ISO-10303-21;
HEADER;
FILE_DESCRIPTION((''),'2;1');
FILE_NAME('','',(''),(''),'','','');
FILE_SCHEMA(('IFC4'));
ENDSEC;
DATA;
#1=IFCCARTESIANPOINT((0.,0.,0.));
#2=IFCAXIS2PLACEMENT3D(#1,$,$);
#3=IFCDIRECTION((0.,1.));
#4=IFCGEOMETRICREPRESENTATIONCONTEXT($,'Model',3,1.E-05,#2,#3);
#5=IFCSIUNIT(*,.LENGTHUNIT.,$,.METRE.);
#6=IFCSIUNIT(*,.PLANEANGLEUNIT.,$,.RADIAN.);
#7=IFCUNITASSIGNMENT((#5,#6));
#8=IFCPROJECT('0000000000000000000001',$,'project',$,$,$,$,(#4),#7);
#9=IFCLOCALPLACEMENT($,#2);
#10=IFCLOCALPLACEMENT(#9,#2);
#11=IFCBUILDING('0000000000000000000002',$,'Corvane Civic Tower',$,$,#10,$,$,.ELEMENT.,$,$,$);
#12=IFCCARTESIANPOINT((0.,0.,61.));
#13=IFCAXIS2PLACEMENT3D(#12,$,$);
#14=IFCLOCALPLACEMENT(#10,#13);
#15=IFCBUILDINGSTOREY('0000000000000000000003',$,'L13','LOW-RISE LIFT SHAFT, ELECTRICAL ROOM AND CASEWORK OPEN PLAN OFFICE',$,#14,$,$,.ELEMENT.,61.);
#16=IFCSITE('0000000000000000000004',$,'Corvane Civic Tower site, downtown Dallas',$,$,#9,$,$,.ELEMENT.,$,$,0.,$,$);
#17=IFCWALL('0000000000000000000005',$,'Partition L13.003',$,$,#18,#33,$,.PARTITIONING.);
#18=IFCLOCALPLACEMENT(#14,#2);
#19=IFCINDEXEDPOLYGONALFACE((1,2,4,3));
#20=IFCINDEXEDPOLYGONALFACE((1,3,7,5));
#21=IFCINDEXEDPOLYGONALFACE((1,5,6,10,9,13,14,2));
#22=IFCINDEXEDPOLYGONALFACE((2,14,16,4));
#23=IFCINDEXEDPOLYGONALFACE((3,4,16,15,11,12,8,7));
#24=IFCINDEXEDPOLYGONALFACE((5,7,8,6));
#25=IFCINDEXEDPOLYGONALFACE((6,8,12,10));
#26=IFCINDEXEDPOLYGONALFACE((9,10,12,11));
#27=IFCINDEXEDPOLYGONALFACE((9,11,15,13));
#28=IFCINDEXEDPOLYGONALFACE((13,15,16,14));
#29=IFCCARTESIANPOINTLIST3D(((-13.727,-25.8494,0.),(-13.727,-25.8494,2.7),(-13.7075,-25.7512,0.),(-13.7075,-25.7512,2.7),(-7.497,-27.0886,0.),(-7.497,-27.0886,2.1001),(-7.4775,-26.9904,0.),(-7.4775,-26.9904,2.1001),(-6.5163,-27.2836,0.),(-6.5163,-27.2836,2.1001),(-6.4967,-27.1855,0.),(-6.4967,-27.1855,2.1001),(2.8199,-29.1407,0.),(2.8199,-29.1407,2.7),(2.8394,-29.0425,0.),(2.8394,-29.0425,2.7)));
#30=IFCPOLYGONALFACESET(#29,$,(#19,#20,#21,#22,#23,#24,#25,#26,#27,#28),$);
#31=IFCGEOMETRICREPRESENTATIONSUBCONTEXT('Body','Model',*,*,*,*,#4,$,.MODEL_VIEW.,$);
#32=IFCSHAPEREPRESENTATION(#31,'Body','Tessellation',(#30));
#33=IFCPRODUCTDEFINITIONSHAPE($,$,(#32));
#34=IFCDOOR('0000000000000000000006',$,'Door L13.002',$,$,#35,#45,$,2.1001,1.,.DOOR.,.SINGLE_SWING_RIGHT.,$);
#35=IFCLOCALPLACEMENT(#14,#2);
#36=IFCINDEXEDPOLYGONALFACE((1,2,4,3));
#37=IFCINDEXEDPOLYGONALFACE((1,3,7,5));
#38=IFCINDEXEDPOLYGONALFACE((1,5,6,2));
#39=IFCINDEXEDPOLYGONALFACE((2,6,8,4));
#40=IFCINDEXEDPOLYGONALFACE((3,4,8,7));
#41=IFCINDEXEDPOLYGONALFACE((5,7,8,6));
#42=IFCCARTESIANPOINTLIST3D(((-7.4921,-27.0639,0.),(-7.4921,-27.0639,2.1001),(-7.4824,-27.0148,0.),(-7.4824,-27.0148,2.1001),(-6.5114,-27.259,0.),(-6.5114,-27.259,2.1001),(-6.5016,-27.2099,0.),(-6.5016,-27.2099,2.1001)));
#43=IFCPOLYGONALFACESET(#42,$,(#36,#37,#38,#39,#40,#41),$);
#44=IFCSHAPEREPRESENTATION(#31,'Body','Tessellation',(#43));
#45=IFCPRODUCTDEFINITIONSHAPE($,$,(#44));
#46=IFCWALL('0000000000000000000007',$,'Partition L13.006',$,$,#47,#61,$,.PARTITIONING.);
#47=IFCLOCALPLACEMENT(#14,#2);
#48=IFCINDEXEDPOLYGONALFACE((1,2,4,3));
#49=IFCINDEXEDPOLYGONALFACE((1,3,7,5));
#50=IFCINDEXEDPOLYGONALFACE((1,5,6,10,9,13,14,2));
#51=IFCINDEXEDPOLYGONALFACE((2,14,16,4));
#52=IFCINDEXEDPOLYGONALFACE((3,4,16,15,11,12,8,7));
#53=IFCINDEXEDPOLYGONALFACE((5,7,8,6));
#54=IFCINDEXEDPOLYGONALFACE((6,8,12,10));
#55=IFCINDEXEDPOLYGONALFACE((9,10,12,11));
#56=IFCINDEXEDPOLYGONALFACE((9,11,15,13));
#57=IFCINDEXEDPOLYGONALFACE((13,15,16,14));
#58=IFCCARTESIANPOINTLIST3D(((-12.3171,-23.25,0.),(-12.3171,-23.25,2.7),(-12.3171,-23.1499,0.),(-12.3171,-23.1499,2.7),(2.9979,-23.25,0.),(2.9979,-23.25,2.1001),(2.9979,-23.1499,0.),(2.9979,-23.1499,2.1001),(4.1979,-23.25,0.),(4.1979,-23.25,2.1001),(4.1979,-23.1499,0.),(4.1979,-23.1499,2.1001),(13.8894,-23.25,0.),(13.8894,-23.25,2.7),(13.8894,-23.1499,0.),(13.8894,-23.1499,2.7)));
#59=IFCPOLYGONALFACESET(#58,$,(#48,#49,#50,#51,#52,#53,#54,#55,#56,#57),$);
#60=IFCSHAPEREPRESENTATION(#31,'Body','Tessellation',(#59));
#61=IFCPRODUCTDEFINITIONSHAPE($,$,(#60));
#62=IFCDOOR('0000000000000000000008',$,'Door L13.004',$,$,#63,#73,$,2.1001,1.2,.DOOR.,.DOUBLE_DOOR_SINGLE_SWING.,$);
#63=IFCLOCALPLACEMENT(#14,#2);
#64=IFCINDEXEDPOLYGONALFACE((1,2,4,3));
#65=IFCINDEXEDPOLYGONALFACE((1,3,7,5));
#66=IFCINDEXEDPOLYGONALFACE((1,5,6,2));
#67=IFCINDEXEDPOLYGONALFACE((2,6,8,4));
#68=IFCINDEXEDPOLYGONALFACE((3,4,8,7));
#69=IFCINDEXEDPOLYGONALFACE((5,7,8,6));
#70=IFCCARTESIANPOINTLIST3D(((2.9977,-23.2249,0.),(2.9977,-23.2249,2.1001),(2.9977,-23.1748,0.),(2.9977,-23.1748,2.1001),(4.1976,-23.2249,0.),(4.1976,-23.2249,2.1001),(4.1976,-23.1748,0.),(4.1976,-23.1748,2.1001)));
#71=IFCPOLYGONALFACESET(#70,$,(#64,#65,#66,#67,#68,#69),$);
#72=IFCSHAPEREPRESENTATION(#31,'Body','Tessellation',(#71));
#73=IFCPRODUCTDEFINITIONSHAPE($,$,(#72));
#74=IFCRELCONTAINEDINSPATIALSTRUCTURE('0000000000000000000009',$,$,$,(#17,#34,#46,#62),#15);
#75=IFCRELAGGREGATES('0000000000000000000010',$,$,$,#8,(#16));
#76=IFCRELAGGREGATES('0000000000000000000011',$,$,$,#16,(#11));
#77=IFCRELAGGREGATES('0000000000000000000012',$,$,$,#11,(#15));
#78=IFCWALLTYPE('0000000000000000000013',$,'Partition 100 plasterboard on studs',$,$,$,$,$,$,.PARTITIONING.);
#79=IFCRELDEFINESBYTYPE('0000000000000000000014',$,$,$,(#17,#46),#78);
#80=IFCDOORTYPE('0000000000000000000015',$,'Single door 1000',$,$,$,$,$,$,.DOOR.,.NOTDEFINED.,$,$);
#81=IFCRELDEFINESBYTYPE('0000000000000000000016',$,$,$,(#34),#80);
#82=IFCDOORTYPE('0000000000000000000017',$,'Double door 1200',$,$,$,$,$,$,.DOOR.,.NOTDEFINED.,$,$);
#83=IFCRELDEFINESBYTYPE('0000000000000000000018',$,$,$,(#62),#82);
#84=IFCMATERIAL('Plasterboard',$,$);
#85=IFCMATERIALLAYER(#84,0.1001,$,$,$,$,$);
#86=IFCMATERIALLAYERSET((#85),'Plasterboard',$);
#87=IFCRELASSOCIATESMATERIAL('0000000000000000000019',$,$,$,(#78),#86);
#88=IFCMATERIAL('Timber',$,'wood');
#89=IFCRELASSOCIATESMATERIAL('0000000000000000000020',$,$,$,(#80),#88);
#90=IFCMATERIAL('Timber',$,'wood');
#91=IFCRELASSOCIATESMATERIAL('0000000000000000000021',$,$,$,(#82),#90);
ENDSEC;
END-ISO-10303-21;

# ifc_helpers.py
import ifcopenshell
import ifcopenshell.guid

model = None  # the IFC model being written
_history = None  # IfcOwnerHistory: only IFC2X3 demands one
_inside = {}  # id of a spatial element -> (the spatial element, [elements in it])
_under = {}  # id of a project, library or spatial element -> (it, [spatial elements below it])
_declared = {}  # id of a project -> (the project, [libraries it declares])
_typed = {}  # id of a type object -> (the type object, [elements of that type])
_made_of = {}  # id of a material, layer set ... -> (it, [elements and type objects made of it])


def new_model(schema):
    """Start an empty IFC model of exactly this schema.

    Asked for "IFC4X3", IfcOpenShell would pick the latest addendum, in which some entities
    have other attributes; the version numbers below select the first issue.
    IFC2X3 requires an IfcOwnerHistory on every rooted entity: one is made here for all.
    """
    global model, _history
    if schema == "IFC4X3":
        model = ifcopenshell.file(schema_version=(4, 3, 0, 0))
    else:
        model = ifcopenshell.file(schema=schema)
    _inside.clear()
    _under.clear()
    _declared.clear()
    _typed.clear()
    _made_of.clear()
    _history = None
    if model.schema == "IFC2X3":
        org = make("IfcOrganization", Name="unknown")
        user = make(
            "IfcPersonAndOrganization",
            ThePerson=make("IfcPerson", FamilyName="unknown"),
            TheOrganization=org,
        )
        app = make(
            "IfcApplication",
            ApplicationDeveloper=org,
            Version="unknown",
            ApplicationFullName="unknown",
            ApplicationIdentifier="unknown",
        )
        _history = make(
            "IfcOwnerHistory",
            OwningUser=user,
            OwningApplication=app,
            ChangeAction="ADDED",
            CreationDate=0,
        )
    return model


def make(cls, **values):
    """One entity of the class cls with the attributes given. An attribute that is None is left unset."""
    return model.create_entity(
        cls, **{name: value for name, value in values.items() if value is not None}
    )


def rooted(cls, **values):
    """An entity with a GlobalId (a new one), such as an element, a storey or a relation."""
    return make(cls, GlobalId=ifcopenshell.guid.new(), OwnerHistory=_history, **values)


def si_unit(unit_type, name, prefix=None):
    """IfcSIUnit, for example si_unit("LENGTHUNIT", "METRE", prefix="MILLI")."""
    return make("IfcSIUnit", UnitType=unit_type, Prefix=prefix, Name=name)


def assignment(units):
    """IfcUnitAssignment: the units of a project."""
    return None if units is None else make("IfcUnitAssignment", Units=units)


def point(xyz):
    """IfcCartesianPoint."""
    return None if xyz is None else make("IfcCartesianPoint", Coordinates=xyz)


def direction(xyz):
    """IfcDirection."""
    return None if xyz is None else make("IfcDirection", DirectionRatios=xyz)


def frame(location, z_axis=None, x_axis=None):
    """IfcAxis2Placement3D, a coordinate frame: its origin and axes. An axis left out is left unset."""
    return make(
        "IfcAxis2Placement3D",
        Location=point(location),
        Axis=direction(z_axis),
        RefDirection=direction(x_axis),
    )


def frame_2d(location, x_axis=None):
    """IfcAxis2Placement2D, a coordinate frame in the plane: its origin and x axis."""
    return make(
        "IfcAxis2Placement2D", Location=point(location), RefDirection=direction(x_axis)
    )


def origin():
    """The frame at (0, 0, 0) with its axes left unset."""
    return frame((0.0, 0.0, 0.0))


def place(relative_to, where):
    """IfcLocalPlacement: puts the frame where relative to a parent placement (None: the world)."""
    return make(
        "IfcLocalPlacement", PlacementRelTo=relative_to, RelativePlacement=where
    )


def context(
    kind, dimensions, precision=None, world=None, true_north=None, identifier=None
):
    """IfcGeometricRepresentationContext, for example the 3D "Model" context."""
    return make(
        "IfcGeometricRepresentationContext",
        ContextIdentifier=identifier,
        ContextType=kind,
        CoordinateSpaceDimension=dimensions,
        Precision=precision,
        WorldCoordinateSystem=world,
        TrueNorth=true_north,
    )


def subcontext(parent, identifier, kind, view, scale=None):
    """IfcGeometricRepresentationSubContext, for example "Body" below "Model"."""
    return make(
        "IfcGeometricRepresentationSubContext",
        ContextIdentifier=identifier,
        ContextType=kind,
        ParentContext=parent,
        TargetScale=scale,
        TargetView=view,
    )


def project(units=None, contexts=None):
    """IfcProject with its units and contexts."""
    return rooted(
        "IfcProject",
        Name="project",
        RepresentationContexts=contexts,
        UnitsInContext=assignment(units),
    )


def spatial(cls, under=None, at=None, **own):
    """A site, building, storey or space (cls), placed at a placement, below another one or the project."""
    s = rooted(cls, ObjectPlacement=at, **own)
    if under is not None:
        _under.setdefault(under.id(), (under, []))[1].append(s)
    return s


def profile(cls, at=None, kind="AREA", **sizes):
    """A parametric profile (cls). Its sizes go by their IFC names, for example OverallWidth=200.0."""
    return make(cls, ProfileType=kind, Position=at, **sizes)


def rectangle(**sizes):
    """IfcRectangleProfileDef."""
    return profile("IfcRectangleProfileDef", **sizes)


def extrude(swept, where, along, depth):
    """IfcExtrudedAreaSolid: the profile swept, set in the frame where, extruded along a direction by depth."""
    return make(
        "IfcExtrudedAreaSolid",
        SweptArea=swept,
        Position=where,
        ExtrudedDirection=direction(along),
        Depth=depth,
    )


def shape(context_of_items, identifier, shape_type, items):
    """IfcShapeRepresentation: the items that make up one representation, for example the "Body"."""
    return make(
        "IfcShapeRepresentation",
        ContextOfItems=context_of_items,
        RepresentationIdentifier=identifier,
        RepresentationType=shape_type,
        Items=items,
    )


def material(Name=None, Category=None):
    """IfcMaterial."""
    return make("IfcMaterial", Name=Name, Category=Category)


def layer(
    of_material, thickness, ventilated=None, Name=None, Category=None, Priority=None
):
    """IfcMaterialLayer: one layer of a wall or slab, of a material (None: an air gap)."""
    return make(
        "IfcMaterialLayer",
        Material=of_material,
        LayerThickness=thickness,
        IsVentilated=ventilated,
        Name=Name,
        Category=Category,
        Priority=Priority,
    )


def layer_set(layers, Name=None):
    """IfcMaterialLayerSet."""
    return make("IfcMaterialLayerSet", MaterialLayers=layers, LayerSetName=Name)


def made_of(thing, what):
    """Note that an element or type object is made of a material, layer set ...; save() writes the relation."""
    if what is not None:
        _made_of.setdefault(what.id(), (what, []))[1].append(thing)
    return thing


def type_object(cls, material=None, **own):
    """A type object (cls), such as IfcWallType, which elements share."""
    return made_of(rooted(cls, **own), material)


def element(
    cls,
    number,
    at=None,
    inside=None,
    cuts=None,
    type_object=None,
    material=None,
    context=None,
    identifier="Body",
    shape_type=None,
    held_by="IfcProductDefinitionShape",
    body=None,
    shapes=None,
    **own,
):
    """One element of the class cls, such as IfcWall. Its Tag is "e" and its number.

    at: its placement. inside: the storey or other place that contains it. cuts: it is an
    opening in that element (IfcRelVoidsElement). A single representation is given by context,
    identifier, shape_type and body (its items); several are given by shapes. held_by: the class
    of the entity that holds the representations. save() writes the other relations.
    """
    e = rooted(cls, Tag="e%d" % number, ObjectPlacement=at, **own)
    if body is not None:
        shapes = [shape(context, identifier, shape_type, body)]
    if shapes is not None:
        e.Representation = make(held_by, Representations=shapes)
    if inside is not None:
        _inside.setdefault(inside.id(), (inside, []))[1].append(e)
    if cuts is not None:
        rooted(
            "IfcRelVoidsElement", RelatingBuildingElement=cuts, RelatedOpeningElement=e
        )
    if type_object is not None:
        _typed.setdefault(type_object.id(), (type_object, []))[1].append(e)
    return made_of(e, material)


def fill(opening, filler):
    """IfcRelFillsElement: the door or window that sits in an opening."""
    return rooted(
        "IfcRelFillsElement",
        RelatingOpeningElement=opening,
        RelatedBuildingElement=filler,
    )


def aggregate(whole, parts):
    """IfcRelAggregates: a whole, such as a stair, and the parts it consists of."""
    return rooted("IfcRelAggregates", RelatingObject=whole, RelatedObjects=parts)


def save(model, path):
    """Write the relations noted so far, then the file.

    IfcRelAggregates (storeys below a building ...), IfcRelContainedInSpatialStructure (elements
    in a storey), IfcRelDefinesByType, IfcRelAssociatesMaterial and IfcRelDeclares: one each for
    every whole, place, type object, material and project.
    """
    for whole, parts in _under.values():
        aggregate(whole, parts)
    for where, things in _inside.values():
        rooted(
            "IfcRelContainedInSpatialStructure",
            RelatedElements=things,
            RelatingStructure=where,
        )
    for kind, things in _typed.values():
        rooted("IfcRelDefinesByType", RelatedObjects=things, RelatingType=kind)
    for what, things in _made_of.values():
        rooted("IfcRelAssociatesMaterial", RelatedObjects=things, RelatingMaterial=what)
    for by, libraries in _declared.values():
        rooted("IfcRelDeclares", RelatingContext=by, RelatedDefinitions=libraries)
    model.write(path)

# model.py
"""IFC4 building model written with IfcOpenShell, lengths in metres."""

from ifc_helpers import new_model, si_unit, direction, frame, frame_2d, origin, place, context, subcontext, project, spatial, rectangle, extrude, material, layer, layer_set, type_object, element, fill, save


model = new_model("IFC4")

# Units and contexts
model_context = context("Model", 3, precision=1e-05, world=origin(), true_north=direction((0.0, 1.0)))
body_context = subcontext(model_context, "Body", "Model", "MODEL_VIEW")
ifc_project = project(units=[si_unit("LENGTHUNIT", "METRE"), si_unit("PLANEANGLEUNIT", "RADIAN")], contexts=[model_context])

# Site, building, storey
site_placement = place(None, origin())
site = spatial("IfcSite", under=ifc_project, at=site_placement, Name="Corvane Civic Tower site, downtown Dallas", CompositionType="ELEMENT", RefElevation=0.0)
building_placement = place(site_placement, origin())
building = spatial("IfcBuilding", under=site, at=building_placement, Name="Corvane Civic Tower", CompositionType="ELEMENT")
storey_placement = place(building_placement, frame((0.0, 0.0, 61.0)))
storey = spatial("IfcBuildingStorey", under=building, at=storey_placement, Name="L13", Description="LOW-RISE LIFT SHAFT, ELECTRICAL ROOM AND CASEWORK OPEN PLAN OFFICE", CompositionType="ELEMENT", Elevation=61.0)

# Shared definitions
ifc_material_1 = material(Name="Plasterboard")
ifc_layer_1 = layer(ifc_material_1, 0.1001)
ifc_layer_set_1 = layer_set([ifc_layer_1], Name="Plasterboard")
wall_type = type_object("IfcWallType", Name="Partition 100 plasterboard on studs", PredefinedType="PARTITIONING", material=ifc_layer_set_1)

# Walls, openings, doors
wall_1_placement = place(storey_placement, frame((-13.7173, -25.8003, 0.0), z_axis=(0.0, 0.0, 1.0), x_axis=(0.980787, -0.195084, 0.0)))
wall_1 = element("IfcWall", 1, at=wall_1_placement, inside=storey, type_object=wall_type, Name="Partition L13.003", PredefinedType="PARTITIONING", context=body_context, shape_type="SweptSolid", body=[
    extrude(rectangle(XDim=16.8711, YDim=0.1001, at=frame_2d((8.4355, 0.0))), origin(), (0.0, 0.0, 1.0), 2.7),
])
opening_1_placement = place(wall_1_placement, frame((6.3521, 0.0, 0.0)))
opening_1 = element("IfcOpeningElement", 2, at=opening_1_placement, cuts=wall_1, PredefinedType="OPENING", context=body_context, shape_type="SweptSolid", body=[
    extrude(rectangle(XDim=1.0, YDim=2.1001, at=frame_2d((0.5, 1.05))), frame((0.0, 0.0601, 0.0), z_axis=(0.0, -1.0, 0.0), x_axis=(1.0, 0.0, 0.0)), (0.0, 0.0, 1.0), 0.1201),
])
ifc_material_2 = material(Name="Timber", Category="wood")
door_type_1 = type_object("IfcDoorType", Name="Single door 1000", OperationType="NOTDEFINED", PredefinedType="DOOR", material=ifc_material_2)
door_1_placement = place(opening_1_placement, frame((1.0, 0.0, 0.0), z_axis=(0.0, 0.0, 1.0), x_axis=(-1.0, 0.0, 0.0)))
door_1 = element("IfcDoor", 3, at=door_1_placement, inside=storey, type_object=door_type_1, Name="Door L13.002", OperationType="SINGLE_SWING_RIGHT", OverallHeight=2.1001, OverallWidth=1.0, PredefinedType="DOOR", context=body_context, shape_type="SweptSolid", body=[
    extrude(rectangle(XDim=1.0, YDim=2.1001, at=frame_2d((0.5, 1.05))), frame((0.0, 0.0249, 0.0), z_axis=(0.0, -1.0, 0.0), x_axis=(1.0, 0.0, 0.0)), (0.0, 0.0, 1.0), 0.05),
])
fill(opening_1, door_1)
wall_2_placement = place(storey_placement, frame((-12.3171, -23.2, 0.0), z_axis=(0.0, 0.0, 1.0), x_axis=(1.0, 0.0, 0.0)))
wall_2 = element("IfcWall", 4, at=wall_2_placement, inside=storey, type_object=wall_type, Name="Partition L13.006", PredefinedType="PARTITIONING", context=body_context, shape_type="SweptSolid", body=[
    extrude(rectangle(XDim=26.2065, YDim=0.1001, at=frame_2d((13.1033, 0.0))), origin(), (0.0, 0.0, 1.0), 2.7),
])
opening_2_placement = place(wall_2_placement, frame((15.3149, 0.0, 0.0)))
opening_2 = element("IfcOpeningElement", 5, at=opening_2_placement, cuts=wall_2, PredefinedType="OPENING", context=body_context, shape_type="SweptSolid", body=[
    extrude(rectangle(XDim=1.2, YDim=2.1001, at=frame_2d((0.6001, 1.05))), frame((0.0, 0.0601, 0.0), z_axis=(0.0, -1.0, 0.0), x_axis=(1.0, 0.0, 0.0)), (0.0, 0.0, 1.0), 0.1201),
])
ifc_material_3 = material(Name="Timber", Category="wood")
door_type_2 = type_object("IfcDoorType", Name="Double door 1200", OperationType="NOTDEFINED", PredefinedType="DOOR", material=ifc_material_3)
door_2_placement = place(opening_2_placement, frame((1.2, 0.0, 0.0), z_axis=(0.0, 0.0, 1.0), x_axis=(-1.0, 0.0, 0.0)))
door_2 = element("IfcDoor", 6, at=door_2_placement, inside=storey, type_object=door_type_2, Name="Door L13.004", OperationType="DOUBLE_DOOR_SINGLE_SWING", OverallHeight=2.1001, OverallWidth=1.2, PredefinedType="DOOR", context=body_context, shape_type="SweptSolid", body=[
    extrude(rectangle(XDim=1.2, YDim=2.1001, at=frame_2d((0.6001, 1.05))), frame((0.0, 0.0249, 0.0), z_axis=(0.0, -1.0, 0.0), x_axis=(1.0, 0.0, 0.0)), (0.0, 0.0, 1.0), 0.05),
])
fill(opening_2, door_2)

save(model, "model.ifc")
